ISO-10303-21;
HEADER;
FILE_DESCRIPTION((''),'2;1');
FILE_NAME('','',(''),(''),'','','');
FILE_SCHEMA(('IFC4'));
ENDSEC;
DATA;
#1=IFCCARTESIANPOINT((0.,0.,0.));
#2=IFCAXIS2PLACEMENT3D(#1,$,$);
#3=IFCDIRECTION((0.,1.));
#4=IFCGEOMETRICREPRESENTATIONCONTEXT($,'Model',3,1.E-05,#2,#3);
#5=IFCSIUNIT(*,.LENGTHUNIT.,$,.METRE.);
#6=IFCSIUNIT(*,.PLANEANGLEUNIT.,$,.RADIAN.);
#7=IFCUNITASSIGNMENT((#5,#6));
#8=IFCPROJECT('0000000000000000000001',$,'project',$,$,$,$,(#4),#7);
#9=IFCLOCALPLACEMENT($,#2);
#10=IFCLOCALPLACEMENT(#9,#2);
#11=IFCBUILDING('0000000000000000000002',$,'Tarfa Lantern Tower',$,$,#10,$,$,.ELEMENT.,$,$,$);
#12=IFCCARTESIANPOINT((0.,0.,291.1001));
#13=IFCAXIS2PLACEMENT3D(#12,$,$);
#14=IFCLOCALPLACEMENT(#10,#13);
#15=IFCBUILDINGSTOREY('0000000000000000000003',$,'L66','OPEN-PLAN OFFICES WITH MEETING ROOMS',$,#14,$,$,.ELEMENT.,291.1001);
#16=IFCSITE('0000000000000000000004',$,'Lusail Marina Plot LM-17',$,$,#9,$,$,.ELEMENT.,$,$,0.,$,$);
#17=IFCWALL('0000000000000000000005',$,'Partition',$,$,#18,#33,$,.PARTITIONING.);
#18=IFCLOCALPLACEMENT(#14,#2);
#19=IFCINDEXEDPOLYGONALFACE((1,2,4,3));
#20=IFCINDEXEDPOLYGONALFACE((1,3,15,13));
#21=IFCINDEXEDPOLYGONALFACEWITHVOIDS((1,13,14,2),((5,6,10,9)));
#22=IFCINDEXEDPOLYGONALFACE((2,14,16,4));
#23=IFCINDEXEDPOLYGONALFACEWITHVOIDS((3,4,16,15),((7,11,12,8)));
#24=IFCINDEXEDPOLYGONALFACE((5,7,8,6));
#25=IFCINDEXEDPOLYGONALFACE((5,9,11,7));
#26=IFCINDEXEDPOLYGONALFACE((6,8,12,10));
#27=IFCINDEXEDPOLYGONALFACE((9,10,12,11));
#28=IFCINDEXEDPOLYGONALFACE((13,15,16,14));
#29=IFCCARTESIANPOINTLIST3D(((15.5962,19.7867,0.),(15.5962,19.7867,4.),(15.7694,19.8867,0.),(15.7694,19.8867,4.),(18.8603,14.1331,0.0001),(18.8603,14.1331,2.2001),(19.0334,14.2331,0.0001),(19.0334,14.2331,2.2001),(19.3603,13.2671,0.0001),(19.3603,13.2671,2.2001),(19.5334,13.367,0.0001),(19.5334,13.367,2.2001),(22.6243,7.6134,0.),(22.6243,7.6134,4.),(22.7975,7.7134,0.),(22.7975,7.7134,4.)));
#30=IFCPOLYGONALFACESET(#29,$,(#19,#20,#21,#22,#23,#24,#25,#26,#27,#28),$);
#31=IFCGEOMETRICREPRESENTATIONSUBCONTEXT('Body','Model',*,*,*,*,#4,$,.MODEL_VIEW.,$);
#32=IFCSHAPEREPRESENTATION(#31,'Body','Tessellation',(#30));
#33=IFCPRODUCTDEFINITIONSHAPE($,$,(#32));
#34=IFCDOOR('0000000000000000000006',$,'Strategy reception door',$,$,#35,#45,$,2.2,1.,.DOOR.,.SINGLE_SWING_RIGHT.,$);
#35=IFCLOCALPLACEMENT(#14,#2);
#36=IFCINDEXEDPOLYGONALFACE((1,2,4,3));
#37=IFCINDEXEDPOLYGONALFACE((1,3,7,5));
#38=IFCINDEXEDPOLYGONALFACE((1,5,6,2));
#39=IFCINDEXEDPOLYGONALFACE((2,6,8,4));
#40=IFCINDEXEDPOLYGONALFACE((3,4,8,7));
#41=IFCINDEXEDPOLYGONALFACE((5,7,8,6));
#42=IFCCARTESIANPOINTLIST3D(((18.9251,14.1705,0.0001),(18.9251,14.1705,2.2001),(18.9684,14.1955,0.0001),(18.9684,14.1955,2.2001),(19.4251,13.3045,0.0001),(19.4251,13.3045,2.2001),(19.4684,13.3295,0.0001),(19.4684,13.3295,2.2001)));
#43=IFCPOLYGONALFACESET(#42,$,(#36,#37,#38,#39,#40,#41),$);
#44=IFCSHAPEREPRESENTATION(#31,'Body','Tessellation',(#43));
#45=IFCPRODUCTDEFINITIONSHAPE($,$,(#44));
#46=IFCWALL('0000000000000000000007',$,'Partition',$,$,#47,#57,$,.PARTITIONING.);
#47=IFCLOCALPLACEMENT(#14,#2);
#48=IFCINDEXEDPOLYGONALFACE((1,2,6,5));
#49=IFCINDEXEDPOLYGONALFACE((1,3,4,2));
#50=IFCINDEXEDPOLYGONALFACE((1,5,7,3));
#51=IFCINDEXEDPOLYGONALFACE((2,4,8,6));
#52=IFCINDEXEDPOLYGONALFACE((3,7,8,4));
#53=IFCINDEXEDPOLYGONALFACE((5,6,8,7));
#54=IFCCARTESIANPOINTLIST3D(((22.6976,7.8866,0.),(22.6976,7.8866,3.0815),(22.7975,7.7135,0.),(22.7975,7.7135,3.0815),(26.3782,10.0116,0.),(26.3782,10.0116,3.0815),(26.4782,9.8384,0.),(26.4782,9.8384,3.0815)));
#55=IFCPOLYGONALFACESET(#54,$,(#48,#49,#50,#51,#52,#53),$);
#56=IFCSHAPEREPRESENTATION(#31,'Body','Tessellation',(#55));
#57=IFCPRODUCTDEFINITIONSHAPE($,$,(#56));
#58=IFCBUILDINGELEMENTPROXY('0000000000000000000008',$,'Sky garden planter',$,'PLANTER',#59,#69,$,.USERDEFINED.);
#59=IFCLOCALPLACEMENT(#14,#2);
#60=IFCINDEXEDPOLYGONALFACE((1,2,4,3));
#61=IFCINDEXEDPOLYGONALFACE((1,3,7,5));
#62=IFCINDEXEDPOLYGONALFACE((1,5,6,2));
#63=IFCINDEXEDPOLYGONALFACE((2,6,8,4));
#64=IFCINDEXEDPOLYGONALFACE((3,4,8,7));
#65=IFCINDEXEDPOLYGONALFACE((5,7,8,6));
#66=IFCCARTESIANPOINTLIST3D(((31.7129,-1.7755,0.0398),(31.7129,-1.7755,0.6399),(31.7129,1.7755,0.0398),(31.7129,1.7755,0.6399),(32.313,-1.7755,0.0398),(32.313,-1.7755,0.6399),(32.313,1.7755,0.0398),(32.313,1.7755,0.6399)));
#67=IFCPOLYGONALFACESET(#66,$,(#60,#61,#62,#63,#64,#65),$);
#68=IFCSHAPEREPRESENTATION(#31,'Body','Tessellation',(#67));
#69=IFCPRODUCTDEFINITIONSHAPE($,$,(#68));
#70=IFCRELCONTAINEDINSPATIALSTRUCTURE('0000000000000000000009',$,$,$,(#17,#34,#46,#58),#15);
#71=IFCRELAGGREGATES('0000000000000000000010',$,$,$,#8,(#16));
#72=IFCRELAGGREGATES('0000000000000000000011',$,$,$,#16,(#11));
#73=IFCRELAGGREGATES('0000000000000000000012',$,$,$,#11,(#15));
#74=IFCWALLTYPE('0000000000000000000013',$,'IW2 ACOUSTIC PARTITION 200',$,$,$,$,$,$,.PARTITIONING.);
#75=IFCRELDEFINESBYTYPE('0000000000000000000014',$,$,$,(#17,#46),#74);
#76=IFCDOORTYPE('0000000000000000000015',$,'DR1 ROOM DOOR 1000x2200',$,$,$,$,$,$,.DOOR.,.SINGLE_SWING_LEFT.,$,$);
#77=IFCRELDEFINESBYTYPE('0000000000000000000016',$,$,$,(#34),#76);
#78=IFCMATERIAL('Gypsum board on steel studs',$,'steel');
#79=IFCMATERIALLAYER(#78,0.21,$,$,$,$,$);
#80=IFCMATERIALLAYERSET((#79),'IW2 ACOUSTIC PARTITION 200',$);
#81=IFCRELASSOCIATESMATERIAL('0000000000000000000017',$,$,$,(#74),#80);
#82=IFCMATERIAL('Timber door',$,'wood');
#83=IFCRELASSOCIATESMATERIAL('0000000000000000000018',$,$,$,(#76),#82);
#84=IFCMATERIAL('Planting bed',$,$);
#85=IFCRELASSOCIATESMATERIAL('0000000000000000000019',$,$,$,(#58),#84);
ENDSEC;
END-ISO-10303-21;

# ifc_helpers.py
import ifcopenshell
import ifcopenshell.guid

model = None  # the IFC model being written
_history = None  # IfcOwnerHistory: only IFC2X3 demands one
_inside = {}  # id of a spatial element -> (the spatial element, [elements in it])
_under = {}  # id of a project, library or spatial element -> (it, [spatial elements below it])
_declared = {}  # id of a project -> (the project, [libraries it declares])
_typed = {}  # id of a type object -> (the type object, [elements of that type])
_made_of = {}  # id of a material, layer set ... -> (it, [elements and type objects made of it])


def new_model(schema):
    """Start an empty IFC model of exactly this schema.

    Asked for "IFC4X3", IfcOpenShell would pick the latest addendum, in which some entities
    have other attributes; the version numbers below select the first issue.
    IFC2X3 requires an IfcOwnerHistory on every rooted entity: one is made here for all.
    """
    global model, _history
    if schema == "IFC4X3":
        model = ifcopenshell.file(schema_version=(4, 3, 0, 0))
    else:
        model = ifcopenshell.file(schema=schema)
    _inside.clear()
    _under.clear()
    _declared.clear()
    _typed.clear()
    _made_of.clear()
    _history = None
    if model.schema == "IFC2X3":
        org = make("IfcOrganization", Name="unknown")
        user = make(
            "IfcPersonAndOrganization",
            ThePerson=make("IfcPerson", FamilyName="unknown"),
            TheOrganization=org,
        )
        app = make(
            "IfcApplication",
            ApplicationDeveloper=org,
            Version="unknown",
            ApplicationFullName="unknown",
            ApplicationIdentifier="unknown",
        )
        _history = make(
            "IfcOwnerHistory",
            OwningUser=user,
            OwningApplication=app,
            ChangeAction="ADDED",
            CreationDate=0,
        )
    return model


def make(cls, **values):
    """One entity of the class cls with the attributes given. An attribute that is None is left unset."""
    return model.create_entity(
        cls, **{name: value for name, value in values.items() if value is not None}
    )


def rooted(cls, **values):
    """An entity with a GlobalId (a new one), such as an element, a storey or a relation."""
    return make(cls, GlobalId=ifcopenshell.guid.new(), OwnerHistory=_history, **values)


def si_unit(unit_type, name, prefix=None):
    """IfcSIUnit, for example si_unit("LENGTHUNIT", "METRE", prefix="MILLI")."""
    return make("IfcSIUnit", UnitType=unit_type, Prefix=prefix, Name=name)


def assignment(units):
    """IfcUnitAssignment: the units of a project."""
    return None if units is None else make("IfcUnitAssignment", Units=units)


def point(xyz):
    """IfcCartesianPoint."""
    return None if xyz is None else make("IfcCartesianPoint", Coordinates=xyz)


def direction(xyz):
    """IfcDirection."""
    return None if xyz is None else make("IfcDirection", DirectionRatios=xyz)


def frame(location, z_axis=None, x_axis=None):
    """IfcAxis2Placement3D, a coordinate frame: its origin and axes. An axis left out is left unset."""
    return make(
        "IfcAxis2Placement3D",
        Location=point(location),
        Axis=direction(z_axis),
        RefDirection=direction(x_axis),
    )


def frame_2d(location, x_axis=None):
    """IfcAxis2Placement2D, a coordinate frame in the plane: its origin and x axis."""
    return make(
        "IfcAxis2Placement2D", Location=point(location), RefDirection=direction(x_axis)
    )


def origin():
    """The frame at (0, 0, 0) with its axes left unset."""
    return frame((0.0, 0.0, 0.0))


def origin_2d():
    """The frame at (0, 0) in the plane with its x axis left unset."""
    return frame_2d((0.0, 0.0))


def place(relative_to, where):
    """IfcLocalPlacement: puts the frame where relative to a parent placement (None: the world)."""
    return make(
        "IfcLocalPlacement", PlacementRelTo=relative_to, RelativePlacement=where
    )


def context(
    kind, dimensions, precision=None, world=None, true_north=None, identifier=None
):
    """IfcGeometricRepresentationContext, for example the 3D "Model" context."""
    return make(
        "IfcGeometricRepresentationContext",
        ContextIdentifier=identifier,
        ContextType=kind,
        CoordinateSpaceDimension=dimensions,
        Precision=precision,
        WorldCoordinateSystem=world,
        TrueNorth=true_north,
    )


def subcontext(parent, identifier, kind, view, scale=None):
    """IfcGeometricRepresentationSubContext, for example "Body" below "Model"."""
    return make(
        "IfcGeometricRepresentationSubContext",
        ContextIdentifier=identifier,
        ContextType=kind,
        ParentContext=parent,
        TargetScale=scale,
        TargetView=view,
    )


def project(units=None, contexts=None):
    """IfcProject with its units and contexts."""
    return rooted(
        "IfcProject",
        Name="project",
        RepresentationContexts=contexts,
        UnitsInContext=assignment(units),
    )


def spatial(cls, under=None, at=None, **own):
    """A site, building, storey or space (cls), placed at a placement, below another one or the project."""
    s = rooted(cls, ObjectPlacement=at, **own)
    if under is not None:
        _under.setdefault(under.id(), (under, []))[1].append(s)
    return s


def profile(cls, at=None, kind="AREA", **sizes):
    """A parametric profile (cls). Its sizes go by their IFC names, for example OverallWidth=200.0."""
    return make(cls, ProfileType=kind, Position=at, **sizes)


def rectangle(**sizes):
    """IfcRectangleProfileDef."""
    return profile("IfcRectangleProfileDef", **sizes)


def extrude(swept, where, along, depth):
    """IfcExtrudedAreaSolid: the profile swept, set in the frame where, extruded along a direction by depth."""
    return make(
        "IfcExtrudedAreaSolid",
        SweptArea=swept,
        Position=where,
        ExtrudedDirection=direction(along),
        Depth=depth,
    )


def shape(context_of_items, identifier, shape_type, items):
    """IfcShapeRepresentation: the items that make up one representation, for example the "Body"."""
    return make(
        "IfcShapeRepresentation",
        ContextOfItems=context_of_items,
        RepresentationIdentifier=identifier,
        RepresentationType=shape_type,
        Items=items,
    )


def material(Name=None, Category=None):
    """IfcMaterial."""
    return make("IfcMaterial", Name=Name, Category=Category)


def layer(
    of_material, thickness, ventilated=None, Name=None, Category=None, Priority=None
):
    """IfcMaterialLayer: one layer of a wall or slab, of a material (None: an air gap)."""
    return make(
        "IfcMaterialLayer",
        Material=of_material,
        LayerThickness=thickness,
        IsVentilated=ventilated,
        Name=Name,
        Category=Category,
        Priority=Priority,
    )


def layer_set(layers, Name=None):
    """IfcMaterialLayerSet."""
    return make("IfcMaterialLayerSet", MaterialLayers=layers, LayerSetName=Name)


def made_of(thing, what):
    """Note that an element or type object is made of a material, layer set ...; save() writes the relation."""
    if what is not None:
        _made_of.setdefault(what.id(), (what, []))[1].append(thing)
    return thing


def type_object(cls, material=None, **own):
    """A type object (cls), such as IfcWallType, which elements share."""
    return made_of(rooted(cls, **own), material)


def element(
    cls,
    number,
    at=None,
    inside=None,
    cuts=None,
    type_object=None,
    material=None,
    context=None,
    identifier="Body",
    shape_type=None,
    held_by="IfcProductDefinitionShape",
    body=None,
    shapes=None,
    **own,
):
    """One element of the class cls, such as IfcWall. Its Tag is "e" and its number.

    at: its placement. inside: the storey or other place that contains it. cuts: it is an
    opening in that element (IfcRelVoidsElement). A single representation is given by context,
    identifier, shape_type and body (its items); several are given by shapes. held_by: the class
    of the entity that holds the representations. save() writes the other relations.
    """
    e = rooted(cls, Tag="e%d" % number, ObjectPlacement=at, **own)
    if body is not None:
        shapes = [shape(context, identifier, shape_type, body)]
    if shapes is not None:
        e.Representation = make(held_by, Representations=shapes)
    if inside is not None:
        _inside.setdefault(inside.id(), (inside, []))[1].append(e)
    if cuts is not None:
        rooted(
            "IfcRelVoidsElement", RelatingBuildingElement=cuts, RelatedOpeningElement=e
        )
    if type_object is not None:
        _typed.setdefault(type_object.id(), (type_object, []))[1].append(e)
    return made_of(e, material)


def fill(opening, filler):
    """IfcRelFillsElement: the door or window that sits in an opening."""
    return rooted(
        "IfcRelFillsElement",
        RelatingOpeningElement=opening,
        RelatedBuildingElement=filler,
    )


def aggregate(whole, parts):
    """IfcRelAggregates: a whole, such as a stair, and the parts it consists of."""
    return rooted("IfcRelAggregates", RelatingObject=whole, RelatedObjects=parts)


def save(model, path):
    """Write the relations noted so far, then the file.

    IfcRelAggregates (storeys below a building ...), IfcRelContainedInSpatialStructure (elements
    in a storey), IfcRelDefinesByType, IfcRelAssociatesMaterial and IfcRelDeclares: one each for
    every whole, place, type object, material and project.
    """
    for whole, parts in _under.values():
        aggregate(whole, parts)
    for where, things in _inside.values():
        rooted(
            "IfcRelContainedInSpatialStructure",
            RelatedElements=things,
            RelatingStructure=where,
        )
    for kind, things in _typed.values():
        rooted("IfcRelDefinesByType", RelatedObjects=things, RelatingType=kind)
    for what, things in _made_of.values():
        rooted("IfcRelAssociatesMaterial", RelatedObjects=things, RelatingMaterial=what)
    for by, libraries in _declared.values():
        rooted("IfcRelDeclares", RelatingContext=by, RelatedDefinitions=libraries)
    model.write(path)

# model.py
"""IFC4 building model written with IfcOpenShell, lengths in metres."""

from ifc_helpers import new_model, si_unit, direction, frame, frame_2d, origin, origin_2d, place, context, subcontext, project, spatial, rectangle, extrude, material, layer, layer_set, type_object, element, fill, save


model = new_model("IFC4")

# Units and contexts
model_context = context("Model", 3, precision=1e-05, world=origin(), true_north=direction((0.0, 1.0)))
body_context = subcontext(model_context, "Body", "Model", "MODEL_VIEW")
ifc_project = project(units=[si_unit("LENGTHUNIT", "METRE"), si_unit("PLANEANGLEUNIT", "RADIAN")], contexts=[model_context])

# Site, building, storey
site_placement = place(None, origin())
site = spatial("IfcSite", under=ifc_project, at=site_placement, Name="Lusail Marina Plot LM-17", CompositionType="ELEMENT", RefElevation=0.0)
building_placement = place(site_placement, origin())
building = spatial("IfcBuilding", under=site, at=building_placement, Name="Tarfa Lantern Tower", CompositionType="ELEMENT")
storey_placement = place(building_placement, frame((0.0, 0.0, 291.1001)))
storey = spatial("IfcBuildingStorey", under=building, at=storey_placement, Name="L66", Description="OPEN-PLAN OFFICES WITH MEETING ROOMS", CompositionType="ELEMENT", Elevation=291.1001)

# Wall, opening, door
ifc_material_1 = material(Name="Gypsum board on steel studs", Category="steel")
ifc_layer_1 = layer(ifc_material_1, 0.21)
ifc_layer_set_1 = layer_set([ifc_layer_1], Name="IW2 ACOUSTIC PARTITION 200")
wall_type = type_object("IfcWallType", Name="IW2 ACOUSTIC PARTITION 200", PredefinedType="PARTITIONING", material=ifc_layer_set_1)
wall_1_placement = place(storey_placement, frame((22.7109, 7.6633, 0.0), z_axis=(0.0, 0.0, 1.0), x_axis=(-0.499989, 0.866032, 0.0)))
wall_1 = element("IfcWall", 1, at=wall_1_placement, inside=storey, type_object=wall_type, Name="Partition", PredefinedType="PARTITIONING", context=body_context, shape_type="SweptSolid", body=[
    extrude(rectangle(XDim=14.0564, YDim=0.2, at=frame_2d((7.0283, 0.0))), origin(), (0.0, 0.0, 1.0), 4.0),
])
opening_placement = place(wall_1_placement, frame((6.5283, 0.0, 0.0)))
opening = element("IfcOpeningElement", 2, at=opening_placement, cuts=wall_1, PredefinedType="OPENING", context=body_context, shape_type="SweptSolid", body=[
    extrude(rectangle(XDim=1.0, YDim=2.2, at=frame_2d((0.5, 1.1001))), frame((0.0, 0.1099, 0.0), z_axis=(0.0, -1.0, 0.0), x_axis=(1.0, 0.0, 0.0)), (0.0, 0.0, 1.0), 0.22),
])
ifc_material_2 = material(Name="Timber door", Category="wood")
door_type = type_object("IfcDoorType", Name="DR1 ROOM DOOR 1000x2200", OperationType="SINGLE_SWING_LEFT", PredefinedType="DOOR", material=ifc_material_2)
door_placement = place(opening_placement, frame((1.0, 0.0, 0.0), z_axis=(0.0, 0.0, 1.0), x_axis=(-1.0, 0.0, 0.0)))
door = element("IfcDoor", 3, at=door_placement, inside=storey, type_object=door_type, Name="Strategy reception door", OperationType="SINGLE_SWING_RIGHT", OverallHeight=2.2, OverallWidth=1.0, PredefinedType="DOOR", context=body_context, shape_type="SweptSolid", body=[
    extrude(rectangle(XDim=1.0, YDim=2.2, at=frame_2d((0.5, 1.1001))), frame((0.0, 0.0249, 0.0), z_axis=(0.0, -1.0, 0.0), x_axis=(1.0, 0.0, 0.0)), (0.0, 0.0, 1.0), 0.05),
])
fill(opening, door)

# Wall
wall_2_placement = place(storey_placement, frame((22.7476, 7.8, 0.0), z_axis=(0.0, 0.0, 1.0), x_axis=(0.866029, 0.499994, 0.0)))
element("IfcWall", 4, at=wall_2_placement, inside=storey, type_object=wall_type, Name="Partition", PredefinedType="PARTITIONING", context=body_context, shape_type="SweptSolid", body=[
    extrude(rectangle(XDim=4.25, YDim=0.2, at=frame_2d((2.125, 0.0))), origin(), (0.0, 0.0, 1.0), 3.0815),
])

# Building element proxy
ifc_material_3 = material(Name="Planting bed")
proxy_placement = place(storey_placement, frame((32.0129, 0.0, 0.0398), z_axis=(0.0, 0.0, 1.0), x_axis=(0.0, 1.0, 0.0)))
element("IfcBuildingElementProxy", 5, at=proxy_placement, inside=storey, material=ifc_material_3, Name="Sky garden planter", ObjectType="PLANTER", PredefinedType="USERDEFINED", context=body_context, shape_type="SweptSolid", body=[
    extrude(rectangle(XDim=3.551, YDim=0.6001, at=origin_2d()), origin(), (0.0, 0.0, 1.0), 0.6001),
])

save(model, "model.ifc")
